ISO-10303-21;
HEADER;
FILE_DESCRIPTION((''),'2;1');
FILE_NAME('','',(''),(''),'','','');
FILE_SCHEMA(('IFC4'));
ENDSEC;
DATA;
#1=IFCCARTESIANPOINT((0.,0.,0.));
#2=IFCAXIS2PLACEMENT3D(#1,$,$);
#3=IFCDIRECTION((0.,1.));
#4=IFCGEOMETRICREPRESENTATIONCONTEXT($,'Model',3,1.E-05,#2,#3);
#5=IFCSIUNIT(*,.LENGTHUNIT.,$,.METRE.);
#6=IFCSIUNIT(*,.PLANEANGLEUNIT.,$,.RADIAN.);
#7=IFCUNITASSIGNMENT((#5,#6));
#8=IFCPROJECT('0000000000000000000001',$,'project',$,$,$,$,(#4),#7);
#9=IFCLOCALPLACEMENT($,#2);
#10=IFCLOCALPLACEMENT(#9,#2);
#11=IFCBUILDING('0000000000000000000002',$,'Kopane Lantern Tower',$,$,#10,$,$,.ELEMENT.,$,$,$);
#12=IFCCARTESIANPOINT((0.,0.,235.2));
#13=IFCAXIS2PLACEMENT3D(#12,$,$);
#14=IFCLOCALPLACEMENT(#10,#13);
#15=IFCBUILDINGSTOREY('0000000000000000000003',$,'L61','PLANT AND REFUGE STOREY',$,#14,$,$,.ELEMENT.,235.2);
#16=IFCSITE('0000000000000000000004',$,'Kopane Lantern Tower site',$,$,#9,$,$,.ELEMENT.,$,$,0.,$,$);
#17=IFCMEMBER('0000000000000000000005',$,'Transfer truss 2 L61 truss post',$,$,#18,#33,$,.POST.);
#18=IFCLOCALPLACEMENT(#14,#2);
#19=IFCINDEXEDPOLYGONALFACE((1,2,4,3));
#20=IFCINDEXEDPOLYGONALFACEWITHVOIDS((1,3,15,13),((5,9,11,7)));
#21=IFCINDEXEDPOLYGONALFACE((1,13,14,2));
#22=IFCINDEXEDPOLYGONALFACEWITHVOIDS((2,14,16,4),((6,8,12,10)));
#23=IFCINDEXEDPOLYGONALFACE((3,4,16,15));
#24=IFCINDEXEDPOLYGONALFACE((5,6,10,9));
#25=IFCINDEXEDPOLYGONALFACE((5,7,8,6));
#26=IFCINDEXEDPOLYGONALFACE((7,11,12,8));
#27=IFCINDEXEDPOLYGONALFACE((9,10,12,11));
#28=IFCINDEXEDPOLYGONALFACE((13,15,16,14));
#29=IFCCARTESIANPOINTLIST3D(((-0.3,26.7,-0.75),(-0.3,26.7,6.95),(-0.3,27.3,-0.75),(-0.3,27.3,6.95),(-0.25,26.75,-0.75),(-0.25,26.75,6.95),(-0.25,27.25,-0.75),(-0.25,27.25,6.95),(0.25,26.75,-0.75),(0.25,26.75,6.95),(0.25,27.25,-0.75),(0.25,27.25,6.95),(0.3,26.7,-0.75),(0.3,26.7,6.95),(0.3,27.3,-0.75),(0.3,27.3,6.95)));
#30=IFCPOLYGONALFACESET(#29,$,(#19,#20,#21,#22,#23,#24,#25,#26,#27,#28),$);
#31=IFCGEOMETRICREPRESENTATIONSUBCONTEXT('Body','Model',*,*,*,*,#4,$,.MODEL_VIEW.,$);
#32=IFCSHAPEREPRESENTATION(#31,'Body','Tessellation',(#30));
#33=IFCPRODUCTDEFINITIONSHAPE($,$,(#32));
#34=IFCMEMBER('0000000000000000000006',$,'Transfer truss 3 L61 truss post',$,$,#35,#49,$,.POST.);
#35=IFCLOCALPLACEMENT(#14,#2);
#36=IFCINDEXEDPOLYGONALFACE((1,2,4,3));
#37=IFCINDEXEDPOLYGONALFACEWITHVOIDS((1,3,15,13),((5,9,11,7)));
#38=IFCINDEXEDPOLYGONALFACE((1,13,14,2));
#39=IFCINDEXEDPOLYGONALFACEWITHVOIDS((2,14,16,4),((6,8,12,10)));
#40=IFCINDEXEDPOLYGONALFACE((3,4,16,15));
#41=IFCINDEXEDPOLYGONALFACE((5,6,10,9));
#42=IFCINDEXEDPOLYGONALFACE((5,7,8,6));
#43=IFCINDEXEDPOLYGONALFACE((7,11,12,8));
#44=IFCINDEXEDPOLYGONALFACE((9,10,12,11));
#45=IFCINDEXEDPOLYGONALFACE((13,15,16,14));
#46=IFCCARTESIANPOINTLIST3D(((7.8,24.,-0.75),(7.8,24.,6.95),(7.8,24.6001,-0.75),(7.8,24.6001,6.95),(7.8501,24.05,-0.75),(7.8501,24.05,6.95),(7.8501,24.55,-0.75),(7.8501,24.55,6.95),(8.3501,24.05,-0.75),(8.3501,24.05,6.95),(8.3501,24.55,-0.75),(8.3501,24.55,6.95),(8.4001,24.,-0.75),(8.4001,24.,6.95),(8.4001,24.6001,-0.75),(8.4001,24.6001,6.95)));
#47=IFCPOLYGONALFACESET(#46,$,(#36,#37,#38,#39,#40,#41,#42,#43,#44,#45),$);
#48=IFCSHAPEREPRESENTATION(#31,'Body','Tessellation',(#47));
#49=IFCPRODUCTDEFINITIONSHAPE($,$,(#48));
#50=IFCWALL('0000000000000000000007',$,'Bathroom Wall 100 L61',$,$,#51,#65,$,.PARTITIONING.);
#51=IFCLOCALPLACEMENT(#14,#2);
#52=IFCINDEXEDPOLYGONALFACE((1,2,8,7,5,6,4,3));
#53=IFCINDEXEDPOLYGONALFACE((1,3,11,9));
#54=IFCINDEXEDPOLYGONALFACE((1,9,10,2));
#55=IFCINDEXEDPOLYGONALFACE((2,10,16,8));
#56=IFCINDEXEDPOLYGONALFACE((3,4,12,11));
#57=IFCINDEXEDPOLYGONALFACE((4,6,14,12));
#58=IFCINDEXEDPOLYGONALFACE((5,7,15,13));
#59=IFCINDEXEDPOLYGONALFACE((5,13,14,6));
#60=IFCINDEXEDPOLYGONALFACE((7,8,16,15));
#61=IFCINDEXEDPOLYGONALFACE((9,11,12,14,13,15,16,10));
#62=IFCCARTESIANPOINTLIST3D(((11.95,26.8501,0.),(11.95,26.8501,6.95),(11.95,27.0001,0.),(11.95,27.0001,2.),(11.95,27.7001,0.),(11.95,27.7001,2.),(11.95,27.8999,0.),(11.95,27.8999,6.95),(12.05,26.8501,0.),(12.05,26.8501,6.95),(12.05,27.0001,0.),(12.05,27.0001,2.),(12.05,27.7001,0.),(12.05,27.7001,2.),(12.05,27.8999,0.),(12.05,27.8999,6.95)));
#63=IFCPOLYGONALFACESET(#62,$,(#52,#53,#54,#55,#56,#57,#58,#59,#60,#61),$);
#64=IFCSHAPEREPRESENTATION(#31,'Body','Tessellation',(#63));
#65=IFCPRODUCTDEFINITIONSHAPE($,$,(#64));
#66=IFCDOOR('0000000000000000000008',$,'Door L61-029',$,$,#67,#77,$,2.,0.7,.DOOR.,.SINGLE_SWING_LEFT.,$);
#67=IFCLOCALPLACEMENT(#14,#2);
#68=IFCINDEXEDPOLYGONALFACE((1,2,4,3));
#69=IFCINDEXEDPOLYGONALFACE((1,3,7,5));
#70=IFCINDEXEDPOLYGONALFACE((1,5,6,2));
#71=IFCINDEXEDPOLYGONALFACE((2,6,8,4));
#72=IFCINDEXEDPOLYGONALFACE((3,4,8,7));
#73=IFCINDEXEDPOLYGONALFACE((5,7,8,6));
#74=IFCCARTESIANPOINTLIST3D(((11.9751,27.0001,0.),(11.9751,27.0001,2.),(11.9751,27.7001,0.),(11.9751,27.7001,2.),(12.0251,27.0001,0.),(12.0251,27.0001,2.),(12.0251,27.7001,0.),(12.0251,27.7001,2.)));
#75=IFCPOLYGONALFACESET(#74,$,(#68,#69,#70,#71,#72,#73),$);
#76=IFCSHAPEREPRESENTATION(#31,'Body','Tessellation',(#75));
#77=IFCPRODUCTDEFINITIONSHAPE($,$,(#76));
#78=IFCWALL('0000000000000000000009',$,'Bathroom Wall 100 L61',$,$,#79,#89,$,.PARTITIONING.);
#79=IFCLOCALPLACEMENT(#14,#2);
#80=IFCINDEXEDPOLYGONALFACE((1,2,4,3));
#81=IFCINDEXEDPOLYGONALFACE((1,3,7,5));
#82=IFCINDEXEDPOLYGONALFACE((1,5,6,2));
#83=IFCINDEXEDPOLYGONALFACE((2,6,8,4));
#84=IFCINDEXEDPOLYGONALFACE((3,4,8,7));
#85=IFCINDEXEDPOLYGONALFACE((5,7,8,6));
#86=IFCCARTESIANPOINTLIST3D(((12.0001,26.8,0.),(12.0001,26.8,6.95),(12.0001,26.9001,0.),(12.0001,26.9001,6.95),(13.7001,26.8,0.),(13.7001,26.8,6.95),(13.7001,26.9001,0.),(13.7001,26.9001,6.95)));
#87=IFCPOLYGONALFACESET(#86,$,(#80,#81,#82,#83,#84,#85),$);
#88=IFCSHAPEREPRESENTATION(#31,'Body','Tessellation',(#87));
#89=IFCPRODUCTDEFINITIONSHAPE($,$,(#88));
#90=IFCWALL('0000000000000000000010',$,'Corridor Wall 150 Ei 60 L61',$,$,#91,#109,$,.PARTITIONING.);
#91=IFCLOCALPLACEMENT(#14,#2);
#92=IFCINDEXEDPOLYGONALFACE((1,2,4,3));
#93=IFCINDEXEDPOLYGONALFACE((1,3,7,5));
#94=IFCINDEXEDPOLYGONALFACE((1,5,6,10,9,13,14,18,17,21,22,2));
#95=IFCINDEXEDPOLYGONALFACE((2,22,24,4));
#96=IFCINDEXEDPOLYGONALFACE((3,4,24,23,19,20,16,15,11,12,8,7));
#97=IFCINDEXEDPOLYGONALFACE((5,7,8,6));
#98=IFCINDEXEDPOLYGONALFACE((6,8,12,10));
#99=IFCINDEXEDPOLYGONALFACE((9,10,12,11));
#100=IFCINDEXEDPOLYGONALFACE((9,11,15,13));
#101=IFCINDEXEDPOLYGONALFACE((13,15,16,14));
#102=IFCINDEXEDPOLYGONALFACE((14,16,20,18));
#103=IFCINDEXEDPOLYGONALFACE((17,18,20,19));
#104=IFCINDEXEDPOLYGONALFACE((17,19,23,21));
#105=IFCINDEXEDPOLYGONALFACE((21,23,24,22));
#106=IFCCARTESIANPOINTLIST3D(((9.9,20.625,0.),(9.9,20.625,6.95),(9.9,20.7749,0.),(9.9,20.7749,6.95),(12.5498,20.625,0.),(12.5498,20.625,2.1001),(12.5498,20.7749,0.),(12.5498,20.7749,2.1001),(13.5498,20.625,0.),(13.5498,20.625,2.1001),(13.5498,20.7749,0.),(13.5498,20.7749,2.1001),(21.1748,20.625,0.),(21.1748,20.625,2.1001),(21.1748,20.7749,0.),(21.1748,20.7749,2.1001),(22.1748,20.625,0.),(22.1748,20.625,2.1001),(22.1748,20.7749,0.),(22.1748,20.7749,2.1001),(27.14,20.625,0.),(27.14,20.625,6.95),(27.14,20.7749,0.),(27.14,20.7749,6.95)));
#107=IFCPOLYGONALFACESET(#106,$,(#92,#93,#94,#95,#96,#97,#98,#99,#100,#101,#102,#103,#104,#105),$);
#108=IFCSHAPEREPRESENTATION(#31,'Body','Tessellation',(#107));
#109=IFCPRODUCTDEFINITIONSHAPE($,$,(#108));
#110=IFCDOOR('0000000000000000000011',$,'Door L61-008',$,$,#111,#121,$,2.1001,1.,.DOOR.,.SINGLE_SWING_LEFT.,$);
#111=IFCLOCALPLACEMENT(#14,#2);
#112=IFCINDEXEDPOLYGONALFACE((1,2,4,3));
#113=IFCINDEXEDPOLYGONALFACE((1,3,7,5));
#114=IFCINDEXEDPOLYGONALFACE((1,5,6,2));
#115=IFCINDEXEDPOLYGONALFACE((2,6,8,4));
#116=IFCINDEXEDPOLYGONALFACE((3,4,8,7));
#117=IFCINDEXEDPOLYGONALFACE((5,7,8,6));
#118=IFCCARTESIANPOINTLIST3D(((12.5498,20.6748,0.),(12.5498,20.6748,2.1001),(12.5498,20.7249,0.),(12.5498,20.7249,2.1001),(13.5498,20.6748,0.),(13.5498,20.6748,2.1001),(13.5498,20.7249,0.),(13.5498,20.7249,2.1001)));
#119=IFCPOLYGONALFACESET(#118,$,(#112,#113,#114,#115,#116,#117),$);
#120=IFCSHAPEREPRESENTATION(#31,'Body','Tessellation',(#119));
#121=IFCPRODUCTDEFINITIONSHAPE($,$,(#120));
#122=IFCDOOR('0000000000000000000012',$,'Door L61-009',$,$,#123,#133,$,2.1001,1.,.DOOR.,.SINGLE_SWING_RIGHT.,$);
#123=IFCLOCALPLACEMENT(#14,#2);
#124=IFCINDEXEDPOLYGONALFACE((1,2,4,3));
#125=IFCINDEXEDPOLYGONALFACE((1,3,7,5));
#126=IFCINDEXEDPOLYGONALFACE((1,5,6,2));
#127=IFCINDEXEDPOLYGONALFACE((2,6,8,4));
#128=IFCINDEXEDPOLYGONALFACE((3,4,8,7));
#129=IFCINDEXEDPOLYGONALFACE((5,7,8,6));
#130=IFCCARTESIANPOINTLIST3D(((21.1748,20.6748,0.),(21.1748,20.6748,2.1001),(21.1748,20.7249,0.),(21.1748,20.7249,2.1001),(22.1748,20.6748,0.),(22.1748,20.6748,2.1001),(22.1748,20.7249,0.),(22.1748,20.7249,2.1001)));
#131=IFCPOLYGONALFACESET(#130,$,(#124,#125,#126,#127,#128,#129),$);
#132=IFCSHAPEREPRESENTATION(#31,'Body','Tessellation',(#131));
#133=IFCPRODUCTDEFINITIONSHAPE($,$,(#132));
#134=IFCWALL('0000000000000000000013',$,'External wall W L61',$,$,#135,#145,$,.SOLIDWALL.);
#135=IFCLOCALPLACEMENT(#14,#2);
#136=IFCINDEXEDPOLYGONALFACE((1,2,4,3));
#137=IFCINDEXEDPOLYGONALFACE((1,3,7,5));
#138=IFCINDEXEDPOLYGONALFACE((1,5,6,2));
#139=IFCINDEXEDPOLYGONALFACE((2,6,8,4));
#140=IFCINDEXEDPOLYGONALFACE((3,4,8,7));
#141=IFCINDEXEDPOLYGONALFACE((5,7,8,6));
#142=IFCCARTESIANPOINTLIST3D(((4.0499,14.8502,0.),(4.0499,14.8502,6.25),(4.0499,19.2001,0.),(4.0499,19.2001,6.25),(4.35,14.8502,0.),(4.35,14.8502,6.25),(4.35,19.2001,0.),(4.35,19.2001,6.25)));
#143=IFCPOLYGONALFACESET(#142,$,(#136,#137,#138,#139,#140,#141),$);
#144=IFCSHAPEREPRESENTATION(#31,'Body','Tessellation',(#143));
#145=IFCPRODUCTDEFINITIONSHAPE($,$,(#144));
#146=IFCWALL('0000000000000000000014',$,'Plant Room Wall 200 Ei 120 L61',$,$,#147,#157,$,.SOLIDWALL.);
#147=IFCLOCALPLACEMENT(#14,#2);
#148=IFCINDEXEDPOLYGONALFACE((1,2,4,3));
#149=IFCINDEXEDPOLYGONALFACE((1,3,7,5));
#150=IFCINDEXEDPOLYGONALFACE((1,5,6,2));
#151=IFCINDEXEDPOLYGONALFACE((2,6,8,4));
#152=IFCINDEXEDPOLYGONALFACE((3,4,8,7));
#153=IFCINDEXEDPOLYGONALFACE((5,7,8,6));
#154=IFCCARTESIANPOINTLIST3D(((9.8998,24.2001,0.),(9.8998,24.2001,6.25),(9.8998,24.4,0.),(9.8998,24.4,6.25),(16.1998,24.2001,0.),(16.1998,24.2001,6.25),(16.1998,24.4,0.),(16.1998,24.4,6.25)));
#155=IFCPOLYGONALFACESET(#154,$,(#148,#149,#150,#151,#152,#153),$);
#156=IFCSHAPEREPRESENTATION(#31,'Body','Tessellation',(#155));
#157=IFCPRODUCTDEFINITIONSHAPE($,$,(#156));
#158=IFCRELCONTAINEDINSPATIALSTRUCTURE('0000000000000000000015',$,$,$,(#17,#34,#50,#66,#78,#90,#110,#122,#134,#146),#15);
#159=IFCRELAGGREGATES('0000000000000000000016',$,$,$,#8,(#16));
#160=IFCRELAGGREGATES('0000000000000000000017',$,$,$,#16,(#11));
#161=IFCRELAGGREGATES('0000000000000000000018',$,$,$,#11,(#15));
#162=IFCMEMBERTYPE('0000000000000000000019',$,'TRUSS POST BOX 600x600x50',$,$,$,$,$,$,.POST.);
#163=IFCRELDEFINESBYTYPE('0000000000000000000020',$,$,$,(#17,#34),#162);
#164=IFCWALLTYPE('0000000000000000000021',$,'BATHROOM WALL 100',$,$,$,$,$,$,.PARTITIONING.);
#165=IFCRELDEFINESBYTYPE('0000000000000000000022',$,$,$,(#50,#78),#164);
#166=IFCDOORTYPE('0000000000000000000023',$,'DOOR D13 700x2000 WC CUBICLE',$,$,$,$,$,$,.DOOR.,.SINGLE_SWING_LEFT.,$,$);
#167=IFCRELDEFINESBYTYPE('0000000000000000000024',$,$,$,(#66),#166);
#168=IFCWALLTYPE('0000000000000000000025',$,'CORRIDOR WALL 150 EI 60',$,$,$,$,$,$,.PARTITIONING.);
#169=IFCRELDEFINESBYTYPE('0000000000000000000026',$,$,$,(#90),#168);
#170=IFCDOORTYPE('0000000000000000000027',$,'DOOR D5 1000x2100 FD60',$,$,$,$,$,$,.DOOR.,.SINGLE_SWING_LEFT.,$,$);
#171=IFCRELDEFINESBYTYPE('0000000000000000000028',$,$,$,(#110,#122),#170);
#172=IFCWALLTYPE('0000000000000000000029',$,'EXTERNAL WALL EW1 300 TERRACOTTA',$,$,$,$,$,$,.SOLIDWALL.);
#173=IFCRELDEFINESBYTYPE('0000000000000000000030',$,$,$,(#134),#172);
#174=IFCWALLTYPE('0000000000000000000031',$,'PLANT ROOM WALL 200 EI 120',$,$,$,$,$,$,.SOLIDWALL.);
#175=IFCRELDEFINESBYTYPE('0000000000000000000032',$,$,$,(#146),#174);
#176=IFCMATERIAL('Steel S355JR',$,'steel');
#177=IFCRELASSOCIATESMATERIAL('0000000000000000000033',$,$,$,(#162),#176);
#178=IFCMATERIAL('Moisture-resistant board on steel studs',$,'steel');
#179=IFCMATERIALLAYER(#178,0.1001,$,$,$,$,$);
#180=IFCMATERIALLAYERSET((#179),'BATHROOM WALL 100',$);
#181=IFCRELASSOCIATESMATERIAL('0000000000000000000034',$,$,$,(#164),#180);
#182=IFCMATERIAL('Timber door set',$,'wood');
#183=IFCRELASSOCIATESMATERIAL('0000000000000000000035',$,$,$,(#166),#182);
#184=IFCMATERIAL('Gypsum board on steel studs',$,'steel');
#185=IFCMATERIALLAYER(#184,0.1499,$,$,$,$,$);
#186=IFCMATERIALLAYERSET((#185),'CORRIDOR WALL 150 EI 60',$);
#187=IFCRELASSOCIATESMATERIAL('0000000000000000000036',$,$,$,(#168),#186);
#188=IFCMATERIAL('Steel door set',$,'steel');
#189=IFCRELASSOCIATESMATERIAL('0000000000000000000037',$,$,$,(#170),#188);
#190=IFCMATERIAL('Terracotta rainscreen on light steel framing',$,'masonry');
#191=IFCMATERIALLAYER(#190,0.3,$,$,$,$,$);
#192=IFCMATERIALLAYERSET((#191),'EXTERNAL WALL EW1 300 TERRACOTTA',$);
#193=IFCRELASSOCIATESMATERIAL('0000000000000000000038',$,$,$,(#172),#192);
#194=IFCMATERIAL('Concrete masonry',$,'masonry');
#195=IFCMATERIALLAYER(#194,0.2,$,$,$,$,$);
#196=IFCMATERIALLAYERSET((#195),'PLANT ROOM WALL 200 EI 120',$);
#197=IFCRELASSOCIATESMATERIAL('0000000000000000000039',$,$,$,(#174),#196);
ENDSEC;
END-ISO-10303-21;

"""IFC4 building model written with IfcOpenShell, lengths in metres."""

from ifc_helpers import new_model, si_unit, direction, frame, frame_2d, origin, origin_2d, place, context, subcontext, project, spatial, rectangle, hollow_rectangle, extrude, material, layer, layer_set, material_profile, profile_set, type_object, element, fill, save


model = new_model("IFC4")

# Units and contexts
model_context = context("Model", 3, precision=1e-05, world=origin(), true_north=direction((0.0, 1.0)))
body_context = subcontext(model_context, "Body", "Model", "MODEL_VIEW")
ifc_project = project(units=[si_unit("LENGTHUNIT", "METRE"), si_unit("PLANEANGLEUNIT", "RADIAN")], contexts=[model_context])

# Site, building, storey
site_placement = place(None, origin())
site = spatial("IfcSite", under=ifc_project, at=site_placement, Name="Kopane Lantern Tower site", CompositionType="ELEMENT", RefElevation=0.0)
building_placement = place(site_placement, origin())
building = spatial("IfcBuilding", under=site, at=building_placement, Name="Kopane Lantern Tower", CompositionType="ELEMENT")
storey_placement = place(building_placement, frame((0.0, 0.0, 235.2)))
storey = spatial("IfcBuildingStorey", under=building, at=storey_placement, Name="L61", Description="PLANT AND REFUGE STOREY", CompositionType="ELEMENT", Elevation=235.2)

# Members
ifc_material_1 = material(Name="Steel S355JR", Category="steel")
ifc_material_profile_1 = material_profile(ifc_material_1, hollow_rectangle(XDim=0.6001, YDim=0.6001, WallThickness=0.05, at=origin_2d()), Name="BOX 600x600x50")
ifc_profile_set_1 = profile_set([ifc_material_profile_1], Name="Steel S355JR")
member_type_1 = type_object("IfcMemberType", Name="TRUSS POST BOX 600x600x50", PredefinedType="POST", material=ifc_profile_set_1)
for number, where, z_axis, x_axis, name in (
    (1, (0.0, 27.0, -0.75), (0.0, 0.0, 1.0), (1.0, 0.0, 0.0), "Transfer truss 2 L61 truss post"),
    (2, (8.1001, 24.3, -0.75), (0.0, 0.0, 1.0), (1.0, 0.0, 0.0), "Transfer truss 3 L61 truss post"),
):
    element("IfcMember", number, at=place(storey_placement, frame(where, z_axis=z_axis, x_axis=x_axis)), inside=storey, type_object=member_type_1, Name=name, PredefinedType="POST", context=body_context, shape_type="SweptSolid", body=[
        extrude(hollow_rectangle(XDim=0.6001, YDim=0.6001, WallThickness=0.05, at=origin_2d()), origin(), (0.0, 0.0, 1.0), 7.7),
    ])

# Wall, opening, door
ifc_material_2 = material(Name="Moisture-resistant board on steel studs", Category="steel")
ifc_layer_1 = layer(ifc_material_2, 0.1001)
ifc_layer_set_1 = layer_set([ifc_layer_1], Name="BATHROOM WALL 100")
wall_type_1 = type_object("IfcWallType", Name="BATHROOM WALL 100", PredefinedType="PARTITIONING", material=ifc_layer_set_1)
wall_1_placement = place(storey_placement, frame((12.0, 26.8501, 0.0), z_axis=(0.0, 0.0, 1.0), x_axis=(0.0, 1.0, 0.0)))
wall_1 = element("IfcWall", 3, at=wall_1_placement, inside=storey, type_object=wall_type_1, Name="Bathroom Wall 100 L61", PredefinedType="PARTITIONING", context=body_context, shape_type="SweptSolid", body=[
    extrude(rectangle(XDim=1.0498, YDim=0.1001, at=frame_2d((0.5249, 0.0))), origin(), (0.0, 0.0, 1.0), 6.95),
])
opening_1_placement = place(wall_1_placement, frame((0.1499, 0.0, 0.0)))
opening_1 = element("IfcOpeningElement", 4, at=opening_1_placement, cuts=wall_1, PredefinedType="OPENING", context=body_context, shape_type="SweptSolid", body=[
    extrude(rectangle(XDim=0.7, YDim=2.0, at=frame_2d((0.3501, 1.0))), frame((0.0, 0.0601, 0.0), z_axis=(0.0, -1.0, 0.0), x_axis=(1.0, 0.0, 0.0)), (0.0, 0.0, 1.0), 0.1201),
])
ifc_material_3 = material(Name="Timber door set", Category="wood")
door_type_1 = type_object("IfcDoorType", Name="DOOR D13 700x2000 WC CUBICLE", OperationType="SINGLE_SWING_LEFT", PredefinedType="DOOR", material=ifc_material_3)
door_1_placement = place(opening_1_placement, origin())
door_1 = element("IfcDoor", 5, at=door_1_placement, inside=storey, type_object=door_type_1, Name="Door L61-029", OperationType="SINGLE_SWING_LEFT", OverallHeight=2.0, OverallWidth=0.7, PredefinedType="DOOR", context=body_context, shape_type="SweptSolid", body=[
    extrude(rectangle(XDim=0.7, YDim=2.0, at=frame_2d((0.3501, 1.0))), frame((0.0, 0.0249, 0.0), z_axis=(0.0, -1.0, 0.0), x_axis=(1.0, 0.0, 0.0)), (0.0, 0.0, 1.0), 0.05),
])
fill(opening_1, door_1)

# Wall
wall_2_placement = place(storey_placement, frame((12.0, 26.8501, 0.0), z_axis=(0.0, 0.0, 1.0), x_axis=(1.0, 0.0, 0.0)))
element("IfcWall", 6, at=wall_2_placement, inside=storey, type_object=wall_type_1, Name="Bathroom Wall 100 L61", PredefinedType="PARTITIONING", context=body_context, shape_type="SweptSolid", body=[
    extrude(rectangle(XDim=1.7, YDim=0.1001, at=frame_2d((0.8501, 0.0))), origin(), (0.0, 0.0, 1.0), 6.95),
])

# Wall, openings, doors
ifc_material_4 = material(Name="Gypsum board on steel studs", Category="steel")
ifc_layer_2 = layer(ifc_material_4, 0.1499)
ifc_layer_set_2 = layer_set([ifc_layer_2], Name="CORRIDOR WALL 150 EI 60")
wall_type_2 = type_object("IfcWallType", Name="CORRIDOR WALL 150 EI 60", PredefinedType="PARTITIONING", material=ifc_layer_set_2)
wall_3_placement = place(storey_placement, frame((9.8999, 20.7, 0.0), z_axis=(0.0, 0.0, 1.0), x_axis=(1.0, 0.0, 0.0)))
wall_3 = element("IfcWall", 7, at=wall_3_placement, inside=storey, type_object=wall_type_2, Name="Corridor Wall 150 Ei 60 L61", PredefinedType="PARTITIONING", context=body_context, shape_type="SweptSolid", body=[
    extrude(rectangle(XDim=17.24, YDim=0.1499, at=frame_2d((8.6201, 0.0))), origin(), (0.0, 0.0, 1.0), 6.95),
])
opening_2_placement = place(wall_3_placement, frame((2.6499, 0.0, 0.0)))
opening_2 = element("IfcOpeningElement", 8, at=opening_2_placement, cuts=wall_3, PredefinedType="OPENING", context=body_context, shape_type="SweptSolid", body=[
    extrude(rectangle(XDim=1.0, YDim=2.1001, at=frame_2d((0.5, 1.05))), frame((0.0, 0.085, 0.0), z_axis=(0.0, -1.0, 0.0), x_axis=(1.0, 0.0, 0.0)), (0.0, 0.0, 1.0), 0.1699),
])
opening_3_placement = place(wall_3_placement, frame((11.2749, 0.0, 0.0)))
opening_3 = element("IfcOpeningElement", 9, at=opening_3_placement, cuts=wall_3, PredefinedType="OPENING", context=body_context, shape_type="SweptSolid", body=[
    extrude(rectangle(XDim=1.0, YDim=2.1001, at=frame_2d((0.5, 1.05))), frame((0.0, 0.085, 0.0), z_axis=(0.0, -1.0, 0.0), x_axis=(1.0, 0.0, 0.0)), (0.0, 0.0, 1.0), 0.1699),
])
ifc_material_5 = material(Name="Steel door set", Category="steel")
door_type_2 = type_object("IfcDoorType", Name="DOOR D5 1000x2100 FD60", OperationType="SINGLE_SWING_LEFT", PredefinedType="DOOR", material=ifc_material_5)
door_2_placement = place(opening_2_placement, origin())
door_2 = element("IfcDoor", 10, at=door_2_placement, inside=storey, type_object=door_type_2, Name="Door L61-008", OperationType="SINGLE_SWING_LEFT", OverallHeight=2.1001, OverallWidth=1.0, PredefinedType="DOOR", context=body_context, shape_type="SweptSolid", body=[
    extrude(rectangle(XDim=1.0, YDim=2.1001, at=frame_2d((0.5, 1.05))), frame((0.0, 0.0249, 0.0), z_axis=(0.0, -1.0, 0.0), x_axis=(1.0, 0.0, 0.0)), (0.0, 0.0, 1.0), 0.05),
])
fill(opening_2, door_2)
door_3_placement = place(opening_3_placement, origin())
door_3 = element("IfcDoor", 11, at=door_3_placement, inside=storey, type_object=door_type_2, Name="Door L61-009", OperationType="SINGLE_SWING_RIGHT", OverallHeight=2.1001, OverallWidth=1.0, PredefinedType="DOOR", context=body_context, shape_type="SweptSolid", body=[
    extrude(rectangle(XDim=1.0, YDim=2.1001, at=frame_2d((0.5, 1.05))), frame((0.0, 0.0249, 0.0), z_axis=(0.0, -1.0, 0.0), x_axis=(1.0, 0.0, 0.0)), (0.0, 0.0, 1.0), 0.05),
])
fill(opening_3, door_3)

# Walls
ifc_material_6 = material(Name="Terracotta rainscreen on light steel framing", Category="masonry")
ifc_layer_3 = layer(ifc_material_6, 0.3)
ifc_layer_set_3 = layer_set([ifc_layer_3], Name="EXTERNAL WALL EW1 300 TERRACOTTA")
wall_type_3 = type_object("IfcWallType", Name="EXTERNAL WALL EW1 300 TERRACOTTA", PredefinedType="SOLIDWALL", material=ifc_layer_set_3)
wall_4_placement = place(storey_placement, frame((4.2, 19.2, 0.0), z_axis=(0.0, 0.0, 1.0), x_axis=(0.0, -1.0, 0.0)))
element("IfcWall", 12, at=wall_4_placement, inside=storey, type_object=wall_type_3, Name="External wall W L61", PredefinedType="SOLIDWALL", context=body_context, shape_type="SweptSolid", body=[
    extrude(rectangle(XDim=4.3499, YDim=0.3, at=frame_2d((2.1748, 0.0))), origin(), (0.0, 0.0, 1.0), 6.25),
])
ifc_material_7 = material(Name="Concrete masonry", Category="masonry")
ifc_layer_4 = layer(ifc_material_7, 0.2)
ifc_layer_set_4 = layer_set([ifc_layer_4], Name="PLANT ROOM WALL 200 EI 120")
wall_type_4 = type_object("IfcWallType", Name="PLANT ROOM WALL 200 EI 120", PredefinedType="SOLIDWALL", material=ifc_layer_set_4)
wall_5_placement = place(storey_placement, frame((9.8999, 24.3, 0.0), z_axis=(0.0, 0.0, 1.0), x_axis=(1.0, 0.0, 0.0)))
element("IfcWall", 13, at=wall_5_placement, inside=storey, type_object=wall_type_4, Name="Plant Room Wall 200 Ei 120 L61", PredefinedType="SOLIDWALL", context=body_context, shape_type="SweptSolid", body=[
    extrude(rectangle(XDim=6.3, YDim=0.2, at=frame_2d((3.1499, 0.0))), origin(), (0.0, 0.0, 1.0), 6.25),
])

save(model, "model.ifc")
